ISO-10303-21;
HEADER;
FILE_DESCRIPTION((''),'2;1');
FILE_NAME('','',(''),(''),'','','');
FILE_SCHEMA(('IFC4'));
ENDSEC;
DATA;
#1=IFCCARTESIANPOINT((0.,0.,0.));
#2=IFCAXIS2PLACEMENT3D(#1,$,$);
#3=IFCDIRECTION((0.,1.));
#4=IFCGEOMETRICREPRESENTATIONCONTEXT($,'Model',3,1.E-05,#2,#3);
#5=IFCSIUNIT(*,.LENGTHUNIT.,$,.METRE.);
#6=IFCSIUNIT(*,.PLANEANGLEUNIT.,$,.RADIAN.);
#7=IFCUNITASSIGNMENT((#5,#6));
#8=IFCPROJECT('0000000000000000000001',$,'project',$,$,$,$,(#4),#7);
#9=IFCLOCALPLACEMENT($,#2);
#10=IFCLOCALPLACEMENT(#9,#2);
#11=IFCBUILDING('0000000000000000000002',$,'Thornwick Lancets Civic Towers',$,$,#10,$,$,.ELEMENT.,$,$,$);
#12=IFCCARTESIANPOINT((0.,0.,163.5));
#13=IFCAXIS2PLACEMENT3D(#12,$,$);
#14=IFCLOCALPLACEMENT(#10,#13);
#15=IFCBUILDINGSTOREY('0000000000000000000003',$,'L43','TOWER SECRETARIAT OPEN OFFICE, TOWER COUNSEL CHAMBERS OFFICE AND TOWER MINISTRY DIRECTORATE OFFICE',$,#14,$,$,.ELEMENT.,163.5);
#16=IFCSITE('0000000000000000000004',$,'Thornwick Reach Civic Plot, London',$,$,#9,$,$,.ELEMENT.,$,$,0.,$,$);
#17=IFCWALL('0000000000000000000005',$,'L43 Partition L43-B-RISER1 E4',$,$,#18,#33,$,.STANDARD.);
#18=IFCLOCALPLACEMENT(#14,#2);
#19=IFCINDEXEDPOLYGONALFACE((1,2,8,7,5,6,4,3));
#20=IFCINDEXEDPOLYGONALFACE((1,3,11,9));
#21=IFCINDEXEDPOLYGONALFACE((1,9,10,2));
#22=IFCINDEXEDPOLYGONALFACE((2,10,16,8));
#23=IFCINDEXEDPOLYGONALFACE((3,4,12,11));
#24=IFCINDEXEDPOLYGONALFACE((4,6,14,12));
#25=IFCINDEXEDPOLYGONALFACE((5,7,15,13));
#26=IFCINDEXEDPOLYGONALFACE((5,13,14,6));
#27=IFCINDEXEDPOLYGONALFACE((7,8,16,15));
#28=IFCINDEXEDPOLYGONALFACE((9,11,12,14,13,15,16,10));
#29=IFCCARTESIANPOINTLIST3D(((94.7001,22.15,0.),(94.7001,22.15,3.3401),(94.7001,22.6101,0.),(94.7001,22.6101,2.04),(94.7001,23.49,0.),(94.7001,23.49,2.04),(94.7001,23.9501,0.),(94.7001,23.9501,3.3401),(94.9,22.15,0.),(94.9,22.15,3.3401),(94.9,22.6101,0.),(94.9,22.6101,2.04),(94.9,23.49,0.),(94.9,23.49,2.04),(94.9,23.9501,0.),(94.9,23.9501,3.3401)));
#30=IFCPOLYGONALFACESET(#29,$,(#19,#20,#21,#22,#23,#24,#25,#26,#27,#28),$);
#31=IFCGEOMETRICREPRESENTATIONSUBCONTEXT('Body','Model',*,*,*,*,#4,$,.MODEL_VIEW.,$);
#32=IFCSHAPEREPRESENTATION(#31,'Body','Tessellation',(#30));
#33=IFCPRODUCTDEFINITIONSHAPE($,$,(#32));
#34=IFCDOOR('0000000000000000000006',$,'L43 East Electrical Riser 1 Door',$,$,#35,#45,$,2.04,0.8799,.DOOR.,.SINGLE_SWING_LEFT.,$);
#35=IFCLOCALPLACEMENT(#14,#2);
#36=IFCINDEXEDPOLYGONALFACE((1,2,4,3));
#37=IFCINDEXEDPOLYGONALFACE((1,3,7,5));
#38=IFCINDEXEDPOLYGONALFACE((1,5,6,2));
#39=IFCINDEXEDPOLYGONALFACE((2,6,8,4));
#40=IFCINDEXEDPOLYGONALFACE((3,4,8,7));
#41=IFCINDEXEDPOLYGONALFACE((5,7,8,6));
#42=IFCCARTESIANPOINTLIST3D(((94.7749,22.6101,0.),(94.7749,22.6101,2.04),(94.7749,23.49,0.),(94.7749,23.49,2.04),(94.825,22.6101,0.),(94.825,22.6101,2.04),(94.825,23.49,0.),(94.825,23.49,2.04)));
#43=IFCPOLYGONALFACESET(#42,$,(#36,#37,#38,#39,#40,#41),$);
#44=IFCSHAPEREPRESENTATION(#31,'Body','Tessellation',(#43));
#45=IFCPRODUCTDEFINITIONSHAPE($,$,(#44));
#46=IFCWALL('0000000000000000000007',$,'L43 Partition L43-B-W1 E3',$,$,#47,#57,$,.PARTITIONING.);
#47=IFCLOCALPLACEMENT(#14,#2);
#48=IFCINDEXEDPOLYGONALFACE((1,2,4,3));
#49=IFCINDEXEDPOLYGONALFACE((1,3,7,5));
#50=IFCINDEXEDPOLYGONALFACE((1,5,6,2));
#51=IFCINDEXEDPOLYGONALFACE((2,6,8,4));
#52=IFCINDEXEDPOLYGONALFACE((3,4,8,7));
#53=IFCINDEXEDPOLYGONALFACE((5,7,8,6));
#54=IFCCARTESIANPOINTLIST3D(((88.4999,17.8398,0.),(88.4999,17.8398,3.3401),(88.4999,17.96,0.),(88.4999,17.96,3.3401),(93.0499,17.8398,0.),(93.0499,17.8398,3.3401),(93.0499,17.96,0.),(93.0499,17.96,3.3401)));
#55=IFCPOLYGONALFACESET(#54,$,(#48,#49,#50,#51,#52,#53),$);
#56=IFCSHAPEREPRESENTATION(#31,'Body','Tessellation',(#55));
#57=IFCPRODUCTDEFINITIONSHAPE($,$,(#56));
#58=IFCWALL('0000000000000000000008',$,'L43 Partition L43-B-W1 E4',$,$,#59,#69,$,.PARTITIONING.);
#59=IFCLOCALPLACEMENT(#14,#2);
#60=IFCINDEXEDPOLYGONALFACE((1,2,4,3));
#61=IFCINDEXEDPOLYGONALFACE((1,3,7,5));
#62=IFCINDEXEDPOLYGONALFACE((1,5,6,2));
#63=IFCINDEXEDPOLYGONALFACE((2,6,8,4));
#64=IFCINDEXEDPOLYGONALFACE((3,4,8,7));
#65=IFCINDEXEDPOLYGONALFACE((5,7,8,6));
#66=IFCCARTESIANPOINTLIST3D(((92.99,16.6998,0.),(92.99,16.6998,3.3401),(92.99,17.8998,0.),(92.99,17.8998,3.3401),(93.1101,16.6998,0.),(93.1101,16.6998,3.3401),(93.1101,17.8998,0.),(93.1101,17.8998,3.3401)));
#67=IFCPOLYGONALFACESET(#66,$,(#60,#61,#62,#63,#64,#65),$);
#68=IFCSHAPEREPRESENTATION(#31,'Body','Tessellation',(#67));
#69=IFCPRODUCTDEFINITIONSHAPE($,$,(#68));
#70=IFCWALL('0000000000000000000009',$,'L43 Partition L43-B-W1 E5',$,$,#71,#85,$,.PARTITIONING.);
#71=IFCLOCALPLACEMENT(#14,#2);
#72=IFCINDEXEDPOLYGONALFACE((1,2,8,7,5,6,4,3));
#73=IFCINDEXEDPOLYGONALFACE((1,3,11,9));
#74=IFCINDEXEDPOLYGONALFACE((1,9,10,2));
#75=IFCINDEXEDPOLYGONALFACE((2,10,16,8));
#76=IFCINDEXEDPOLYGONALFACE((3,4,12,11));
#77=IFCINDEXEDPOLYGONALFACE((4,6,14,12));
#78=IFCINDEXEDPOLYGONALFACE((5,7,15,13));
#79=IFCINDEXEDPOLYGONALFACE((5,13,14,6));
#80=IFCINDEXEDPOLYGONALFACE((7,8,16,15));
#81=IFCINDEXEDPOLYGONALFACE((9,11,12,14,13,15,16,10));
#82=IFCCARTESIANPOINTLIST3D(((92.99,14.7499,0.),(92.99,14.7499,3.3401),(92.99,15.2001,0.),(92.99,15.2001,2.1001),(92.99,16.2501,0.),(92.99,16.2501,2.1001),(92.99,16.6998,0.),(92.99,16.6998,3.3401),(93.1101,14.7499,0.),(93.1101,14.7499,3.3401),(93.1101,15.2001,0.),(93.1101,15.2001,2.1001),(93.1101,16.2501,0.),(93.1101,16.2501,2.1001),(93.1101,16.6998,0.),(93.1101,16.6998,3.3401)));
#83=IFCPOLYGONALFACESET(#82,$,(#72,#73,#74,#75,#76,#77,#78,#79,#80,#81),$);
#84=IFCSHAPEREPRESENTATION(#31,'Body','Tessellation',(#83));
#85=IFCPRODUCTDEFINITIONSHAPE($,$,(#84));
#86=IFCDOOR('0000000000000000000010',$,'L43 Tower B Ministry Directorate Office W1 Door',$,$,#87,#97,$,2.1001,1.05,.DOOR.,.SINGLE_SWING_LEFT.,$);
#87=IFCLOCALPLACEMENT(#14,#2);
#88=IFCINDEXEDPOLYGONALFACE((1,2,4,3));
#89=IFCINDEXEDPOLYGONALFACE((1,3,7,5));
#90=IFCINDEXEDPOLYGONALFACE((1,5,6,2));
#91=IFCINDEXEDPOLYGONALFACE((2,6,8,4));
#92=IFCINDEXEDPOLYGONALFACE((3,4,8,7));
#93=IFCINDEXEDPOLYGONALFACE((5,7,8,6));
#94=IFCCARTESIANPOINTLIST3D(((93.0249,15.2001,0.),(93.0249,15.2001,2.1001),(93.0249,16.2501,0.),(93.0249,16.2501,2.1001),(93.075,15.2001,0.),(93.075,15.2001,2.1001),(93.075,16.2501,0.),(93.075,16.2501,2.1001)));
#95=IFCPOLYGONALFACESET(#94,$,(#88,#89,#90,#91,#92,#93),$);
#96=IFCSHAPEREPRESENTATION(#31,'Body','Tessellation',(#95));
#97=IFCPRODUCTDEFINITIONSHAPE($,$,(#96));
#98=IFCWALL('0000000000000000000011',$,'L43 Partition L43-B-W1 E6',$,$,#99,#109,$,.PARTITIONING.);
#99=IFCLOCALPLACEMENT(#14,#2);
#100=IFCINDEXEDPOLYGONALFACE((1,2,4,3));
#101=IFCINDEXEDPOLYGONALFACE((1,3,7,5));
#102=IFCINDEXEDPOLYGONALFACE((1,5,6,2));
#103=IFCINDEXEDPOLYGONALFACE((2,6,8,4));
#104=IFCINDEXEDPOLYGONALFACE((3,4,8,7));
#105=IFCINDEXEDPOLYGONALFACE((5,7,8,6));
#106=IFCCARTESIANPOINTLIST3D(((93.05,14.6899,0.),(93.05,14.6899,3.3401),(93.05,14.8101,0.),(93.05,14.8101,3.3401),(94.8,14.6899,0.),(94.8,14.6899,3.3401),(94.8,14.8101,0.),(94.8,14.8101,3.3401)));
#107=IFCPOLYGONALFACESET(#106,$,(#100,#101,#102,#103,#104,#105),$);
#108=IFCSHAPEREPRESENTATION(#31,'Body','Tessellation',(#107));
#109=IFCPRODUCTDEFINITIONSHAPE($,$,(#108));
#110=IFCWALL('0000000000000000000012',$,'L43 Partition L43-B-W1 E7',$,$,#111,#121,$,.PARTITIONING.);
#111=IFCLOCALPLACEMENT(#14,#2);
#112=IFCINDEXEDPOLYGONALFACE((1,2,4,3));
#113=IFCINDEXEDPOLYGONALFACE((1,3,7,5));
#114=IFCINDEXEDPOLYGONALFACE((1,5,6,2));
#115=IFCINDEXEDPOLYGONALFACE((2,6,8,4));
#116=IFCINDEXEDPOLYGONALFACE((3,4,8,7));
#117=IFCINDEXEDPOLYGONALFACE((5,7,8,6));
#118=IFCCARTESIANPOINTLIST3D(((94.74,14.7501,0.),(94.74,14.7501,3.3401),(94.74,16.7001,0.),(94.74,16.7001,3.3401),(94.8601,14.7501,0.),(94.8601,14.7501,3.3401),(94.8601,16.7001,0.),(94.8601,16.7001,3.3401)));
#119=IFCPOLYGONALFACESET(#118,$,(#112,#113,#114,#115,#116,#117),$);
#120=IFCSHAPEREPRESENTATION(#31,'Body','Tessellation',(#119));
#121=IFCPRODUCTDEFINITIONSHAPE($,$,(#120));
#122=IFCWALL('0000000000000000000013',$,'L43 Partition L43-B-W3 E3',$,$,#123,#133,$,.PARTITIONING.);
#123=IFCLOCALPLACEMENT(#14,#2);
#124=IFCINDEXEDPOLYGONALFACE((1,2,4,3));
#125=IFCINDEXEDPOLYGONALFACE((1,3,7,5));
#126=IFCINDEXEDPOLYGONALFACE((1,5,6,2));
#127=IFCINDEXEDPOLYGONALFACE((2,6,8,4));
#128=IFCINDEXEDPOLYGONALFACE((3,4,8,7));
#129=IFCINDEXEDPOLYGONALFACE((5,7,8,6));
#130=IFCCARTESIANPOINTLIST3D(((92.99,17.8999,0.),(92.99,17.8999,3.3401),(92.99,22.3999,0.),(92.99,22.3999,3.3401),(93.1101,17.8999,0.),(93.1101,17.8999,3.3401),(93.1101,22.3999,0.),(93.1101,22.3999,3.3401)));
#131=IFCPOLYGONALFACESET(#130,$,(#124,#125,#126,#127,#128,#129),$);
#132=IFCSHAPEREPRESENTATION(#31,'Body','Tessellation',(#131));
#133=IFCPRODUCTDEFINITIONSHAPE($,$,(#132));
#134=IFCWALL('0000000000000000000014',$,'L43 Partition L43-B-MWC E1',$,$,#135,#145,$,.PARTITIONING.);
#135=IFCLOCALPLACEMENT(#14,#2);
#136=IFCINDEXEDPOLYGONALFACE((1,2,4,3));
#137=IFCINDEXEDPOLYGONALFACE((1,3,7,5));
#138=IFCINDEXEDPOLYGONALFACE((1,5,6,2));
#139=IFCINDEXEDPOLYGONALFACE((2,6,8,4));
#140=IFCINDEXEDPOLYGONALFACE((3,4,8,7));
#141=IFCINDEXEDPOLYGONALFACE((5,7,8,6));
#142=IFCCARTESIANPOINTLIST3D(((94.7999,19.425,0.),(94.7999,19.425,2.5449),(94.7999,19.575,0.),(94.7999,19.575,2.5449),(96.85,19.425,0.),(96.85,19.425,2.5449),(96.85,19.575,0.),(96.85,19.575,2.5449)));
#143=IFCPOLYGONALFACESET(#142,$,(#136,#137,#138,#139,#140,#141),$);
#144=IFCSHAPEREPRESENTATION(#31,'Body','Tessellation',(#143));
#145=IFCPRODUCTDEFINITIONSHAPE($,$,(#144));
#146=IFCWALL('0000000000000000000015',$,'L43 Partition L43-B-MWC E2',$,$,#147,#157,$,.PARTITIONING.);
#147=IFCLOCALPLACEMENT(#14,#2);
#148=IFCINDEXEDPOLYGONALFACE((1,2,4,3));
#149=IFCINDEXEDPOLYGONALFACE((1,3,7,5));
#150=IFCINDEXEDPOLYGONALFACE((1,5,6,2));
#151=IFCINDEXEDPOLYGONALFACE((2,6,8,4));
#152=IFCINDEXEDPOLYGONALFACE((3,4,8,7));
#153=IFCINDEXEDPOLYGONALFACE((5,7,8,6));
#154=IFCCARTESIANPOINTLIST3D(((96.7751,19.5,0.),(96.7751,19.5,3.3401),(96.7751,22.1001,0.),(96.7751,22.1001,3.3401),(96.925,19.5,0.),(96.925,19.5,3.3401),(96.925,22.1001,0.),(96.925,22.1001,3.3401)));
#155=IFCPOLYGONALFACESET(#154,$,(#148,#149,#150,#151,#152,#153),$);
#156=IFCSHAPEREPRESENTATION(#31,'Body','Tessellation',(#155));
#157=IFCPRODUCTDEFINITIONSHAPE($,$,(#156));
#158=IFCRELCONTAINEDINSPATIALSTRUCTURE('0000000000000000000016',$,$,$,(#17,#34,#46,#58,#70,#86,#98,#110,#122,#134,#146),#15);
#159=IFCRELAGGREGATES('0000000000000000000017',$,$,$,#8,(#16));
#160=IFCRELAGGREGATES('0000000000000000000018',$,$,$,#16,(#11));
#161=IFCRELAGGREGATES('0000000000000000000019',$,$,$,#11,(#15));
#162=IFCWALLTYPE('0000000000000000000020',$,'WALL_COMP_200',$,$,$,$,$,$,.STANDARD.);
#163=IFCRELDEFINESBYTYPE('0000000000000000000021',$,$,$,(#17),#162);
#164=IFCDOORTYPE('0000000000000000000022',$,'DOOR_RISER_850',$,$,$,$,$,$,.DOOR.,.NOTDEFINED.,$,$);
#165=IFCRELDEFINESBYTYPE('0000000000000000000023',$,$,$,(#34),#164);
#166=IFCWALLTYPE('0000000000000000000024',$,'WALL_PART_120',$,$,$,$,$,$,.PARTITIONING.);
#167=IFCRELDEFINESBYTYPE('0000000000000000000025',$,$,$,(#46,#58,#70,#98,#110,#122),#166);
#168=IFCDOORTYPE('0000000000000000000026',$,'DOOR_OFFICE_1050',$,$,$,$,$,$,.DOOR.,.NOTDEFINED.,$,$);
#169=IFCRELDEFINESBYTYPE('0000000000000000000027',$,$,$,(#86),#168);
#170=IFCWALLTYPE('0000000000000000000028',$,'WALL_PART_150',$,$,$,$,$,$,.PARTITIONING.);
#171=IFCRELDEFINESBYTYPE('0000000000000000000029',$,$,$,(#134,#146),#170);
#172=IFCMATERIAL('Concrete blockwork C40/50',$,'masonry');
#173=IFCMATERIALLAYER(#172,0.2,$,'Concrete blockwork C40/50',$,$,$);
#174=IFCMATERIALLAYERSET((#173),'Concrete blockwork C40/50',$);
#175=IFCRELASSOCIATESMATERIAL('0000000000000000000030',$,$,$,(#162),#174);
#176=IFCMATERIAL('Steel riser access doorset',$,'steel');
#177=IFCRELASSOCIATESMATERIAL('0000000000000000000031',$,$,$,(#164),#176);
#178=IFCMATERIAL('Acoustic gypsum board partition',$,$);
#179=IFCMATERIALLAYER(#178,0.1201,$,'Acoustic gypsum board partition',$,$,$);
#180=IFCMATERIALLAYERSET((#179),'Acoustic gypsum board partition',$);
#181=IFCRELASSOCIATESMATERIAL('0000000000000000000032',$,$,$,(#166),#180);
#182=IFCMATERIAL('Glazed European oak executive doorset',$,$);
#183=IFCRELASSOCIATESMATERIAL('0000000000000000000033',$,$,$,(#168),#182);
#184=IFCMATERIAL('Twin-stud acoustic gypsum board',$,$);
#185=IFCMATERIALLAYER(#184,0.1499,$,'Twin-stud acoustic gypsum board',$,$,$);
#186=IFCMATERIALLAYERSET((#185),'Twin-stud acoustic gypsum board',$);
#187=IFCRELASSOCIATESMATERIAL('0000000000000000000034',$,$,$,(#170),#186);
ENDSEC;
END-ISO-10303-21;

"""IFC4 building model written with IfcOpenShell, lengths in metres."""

from ifc_helpers import new_model, si_unit, direction, frame, frame_2d, origin, place, context, subcontext, project, spatial, rectangle, extrude, material, layer, layer_set, type_object, element, fill, save


model = new_model("IFC4")

# Units and contexts
model_context = context("Model", 3, precision=1e-05, world=origin(), true_north=direction((0.0, 1.0)))
body_context = subcontext(model_context, "Body", "Model", "MODEL_VIEW")
ifc_project = project(units=[si_unit("LENGTHUNIT", "METRE"), si_unit("PLANEANGLEUNIT", "RADIAN")], contexts=[model_context])

# Site, building, storey
site_placement = place(None, origin())
site = spatial("IfcSite", under=ifc_project, at=site_placement, Name="Thornwick Reach Civic Plot, London", CompositionType="ELEMENT", RefElevation=0.0)
building_placement = place(site_placement, origin())
building = spatial("IfcBuilding", under=site, at=building_placement, Name="Thornwick Lancets Civic Towers", CompositionType="ELEMENT")
storey_placement = place(building_placement, frame((0.0, 0.0, 163.5)))
storey = spatial("IfcBuildingStorey", under=building, at=storey_placement, Name="L43", Description="TOWER SECRETARIAT OPEN OFFICE, TOWER COUNSEL CHAMBERS OFFICE AND TOWER MINISTRY DIRECTORATE OFFICE", CompositionType="ELEMENT", Elevation=163.5)

# Shared definitions
ifc_material_1 = material(Name="Concrete blockwork C40/50", Category="masonry")
ifc_layer_1 = layer(ifc_material_1, 0.2, Name="Concrete blockwork C40/50")
ifc_layer_set_1 = layer_set([ifc_layer_1], Name="Concrete blockwork C40/50")
wall_type_1 = type_object("IfcWallType", Name="WALL_COMP_200", PredefinedType="STANDARD", material=ifc_layer_set_1)

# Wall, opening, door
wall_1_placement = place(storey_placement, frame((94.8, 23.95, 0.0), z_axis=(0.0, 0.0, 1.0), x_axis=(0.0, -1.0, 0.0)))
wall_1 = element("IfcWall", 1, at=wall_1_placement, inside=storey, type_object=wall_type_1, Name="L43 Partition L43-B-RISER1 E4", PredefinedType="STANDARD", context=body_context, shape_type="SweptSolid", body=[
    extrude(rectangle(XDim=1.8, YDim=0.2, at=frame_2d((0.8999, 0.0))), origin(), (0.0, 0.0, 1.0), 3.3401),
])
opening_1_placement = place(wall_1_placement, frame((0.46, 0.0, 0.0)))
opening_1 = element("IfcOpeningElement", 2, at=opening_1_placement, cuts=wall_1, PredefinedType="OPENING", context=body_context, shape_type="SweptSolid", body=[
    extrude(rectangle(XDim=0.8799, YDim=2.04, at=frame_2d((0.4399, 1.02))), frame((0.0, 0.1099, 0.0), z_axis=(0.0, -1.0, 0.0), x_axis=(1.0, 0.0, 0.0)), (0.0, 0.0, 1.0), 0.22),
])
ifc_material_2 = material(Name="Steel riser access doorset", Category="steel")
door_type_1 = type_object("IfcDoorType", Name="DOOR_RISER_850", OperationType="NOTDEFINED", PredefinedType="DOOR", material=ifc_material_2)
door_1_placement = place(opening_1_placement, origin())
door_1 = element("IfcDoor", 3, at=door_1_placement, inside=storey, type_object=door_type_1, Name="L43 East Electrical Riser 1 Door", OperationType="SINGLE_SWING_LEFT", OverallHeight=2.04, OverallWidth=0.8799, PredefinedType="DOOR", context=body_context, shape_type="SweptSolid", body=[
    extrude(rectangle(XDim=0.8799, YDim=2.04, at=frame_2d((0.4399, 1.02))), frame((0.0, 0.0249, 0.0), z_axis=(0.0, -1.0, 0.0), x_axis=(1.0, 0.0, 0.0)), (0.0, 0.0, 1.0), 0.05),
])
fill(opening_1, door_1)

# Walls
ifc_material_3 = material(Name="Acoustic gypsum board partition")
ifc_layer_2 = layer(ifc_material_3, 0.1201, Name="Acoustic gypsum board partition")
ifc_layer_set_2 = layer_set([ifc_layer_2], Name="Acoustic gypsum board partition")
wall_type_2 = type_object("IfcWallType", Name="WALL_PART_120", PredefinedType="PARTITIONING", material=ifc_layer_set_2)
wall_2_placement = place(storey_placement, frame((88.5, 17.8999, 0.0), z_axis=(0.0, 0.0, 1.0), x_axis=(1.0, 0.0, 0.0)))
element("IfcWall", 4, at=wall_2_placement, inside=storey, type_object=wall_type_2, Name="L43 Partition L43-B-W1 E3", PredefinedType="PARTITIONING", context=body_context, shape_type="SweptSolid", body=[
    extrude(rectangle(XDim=4.55, YDim=0.1201, at=frame_2d((2.2749, 0.0))), origin(), (0.0, 0.0, 1.0), 3.3401),
])
wall_3_placement = place(storey_placement, frame((93.05, 17.8999, 0.0), z_axis=(0.0, 0.0, 1.0), x_axis=(0.0, -1.0, 0.0)))
element("IfcWall", 5, at=wall_3_placement, inside=storey, type_object=wall_type_2, Name="L43 Partition L43-B-W1 E4", PredefinedType="PARTITIONING", context=body_context, shape_type="SweptSolid", body=[
    extrude(rectangle(XDim=1.2, YDim=0.1201, at=frame_2d((0.6001, 0.0))), origin(), (0.0, 0.0, 1.0), 3.3401),
])

# Wall, opening, door
wall_4_placement = place(storey_placement, frame((93.05, 16.7, 0.0), z_axis=(0.0, 0.0, 1.0), x_axis=(0.0, -1.0, 0.0)))
wall_4 = element("IfcWall", 6, at=wall_4_placement, inside=storey, type_object=wall_type_2, Name="L43 Partition L43-B-W1 E5", PredefinedType="PARTITIONING", context=body_context, shape_type="SweptSolid", body=[
    extrude(rectangle(XDim=1.95, YDim=0.1201, at=frame_2d((0.9751, 0.0))), origin(), (0.0, 0.0, 1.0), 3.3401),
])
opening_2_placement = place(wall_4_placement, frame((0.45, 0.0, 0.0)))
opening_2 = element("IfcOpeningElement", 7, at=opening_2_placement, cuts=wall_4, PredefinedType="OPENING", context=body_context, shape_type="SweptSolid", body=[
    extrude(rectangle(XDim=1.05, YDim=2.1001, at=frame_2d((0.5249, 1.05))), frame((0.0, 0.0701, 0.0), z_axis=(0.0, -1.0, 0.0), x_axis=(1.0, 0.0, 0.0)), (0.0, 0.0, 1.0), 0.1401),
])
ifc_material_4 = material(Name="Glazed European oak executive doorset")
door_type_2 = type_object("IfcDoorType", Name="DOOR_OFFICE_1050", OperationType="NOTDEFINED", PredefinedType="DOOR", material=ifc_material_4)
door_2_placement = place(opening_2_placement, origin())
door_2 = element("IfcDoor", 8, at=door_2_placement, inside=storey, type_object=door_type_2, Name="L43 Tower B Ministry Directorate Office W1 Door", OperationType="SINGLE_SWING_LEFT", OverallHeight=2.1001, OverallWidth=1.05, PredefinedType="DOOR", context=body_context, shape_type="SweptSolid", body=[
    extrude(rectangle(XDim=1.05, YDim=2.1001, at=frame_2d((0.5249, 1.05))), frame((0.0, 0.0249, 0.0), z_axis=(0.0, -1.0, 0.0), x_axis=(1.0, 0.0, 0.0)), (0.0, 0.0, 1.0), 0.05),
])
fill(opening_2, door_2)

# Walls
wall_5_placement = place(storey_placement, frame((93.05, 14.75, 0.0), z_axis=(0.0, 0.0, 1.0), x_axis=(1.0, 0.0, 0.0)))
element("IfcWall", 9, at=wall_5_placement, inside=storey, type_object=wall_type_2, Name="L43 Partition L43-B-W1 E6", PredefinedType="PARTITIONING", context=body_context, shape_type="SweptSolid", body=[
    extrude(rectangle(XDim=1.75, YDim=0.1201, at=frame_2d((0.875, 0.0))), origin(), (0.0, 0.0, 1.0), 3.3401),
])
wall_6_placement = place(storey_placement, frame((94.8, 14.75, 0.0), z_axis=(0.0, 0.0, 1.0), x_axis=(0.0, 1.0, 0.0)))
element("IfcWall", 10, at=wall_6_placement, inside=storey, type_object=wall_type_2, Name="L43 Partition L43-B-W1 E7", PredefinedType="PARTITIONING", context=body_context, shape_type="SweptSolid", body=[
    extrude(rectangle(XDim=1.95, YDim=0.1201, at=frame_2d((0.9751, 0.0))), origin(), (0.0, 0.0, 1.0), 3.3401),
])
wall_7_placement = place(storey_placement, frame((93.05, 22.3999, 0.0), z_axis=(0.0, 0.0, 1.0), x_axis=(0.0, -1.0, 0.0)))
element("IfcWall", 11, at=wall_7_placement, inside=storey, type_object=wall_type_2, Name="L43 Partition L43-B-W3 E3", PredefinedType="PARTITIONING", context=body_context, shape_type="SweptSolid", body=[
    extrude(rectangle(XDim=4.5, YDim=0.1201, at=frame_2d((2.25, 0.0))), origin(), (0.0, 0.0, 1.0), 3.3401),
])
ifc_material_5 = material(Name="Twin-stud acoustic gypsum board")
ifc_layer_3 = layer(ifc_material_5, 0.1499, Name="Twin-stud acoustic gypsum board")
ifc_layer_set_3 = layer_set([ifc_layer_3], Name="Twin-stud acoustic gypsum board")
wall_type_3 = type_object("IfcWallType", Name="WALL_PART_150", PredefinedType="PARTITIONING", material=ifc_layer_set_3)
wall_8_placement = place(storey_placement, frame((94.8, 19.5, 0.0), z_axis=(0.0, 0.0, 1.0), x_axis=(1.0, 0.0, 0.0)))
element("IfcWall", 12, at=wall_8_placement, inside=storey, type_object=wall_type_3, Name="L43 Partition L43-B-MWC E1", PredefinedType="PARTITIONING", context=body_context, shape_type="SweptSolid", body=[
    extrude(rectangle(XDim=2.05, YDim=0.1499, at=frame_2d((1.0249, 0.0))), origin(), (0.0, 0.0, 1.0), 2.5449),
])
wall_9_placement = place(storey_placement, frame((96.8501, 19.5, 0.0), z_axis=(0.0, 0.0, 1.0), x_axis=(0.0, 1.0, 0.0)))
element("IfcWall", 13, at=wall_9_placement, inside=storey, type_object=wall_type_3, Name="L43 Partition L43-B-MWC E2", PredefinedType="PARTITIONING", context=body_context, shape_type="SweptSolid", body=[
    extrude(rectangle(XDim=2.6001, YDim=0.1499, at=frame_2d((1.3, 0.0))), origin(), (0.0, 0.0, 1.0), 3.3401),
])

save(model, "model.ifc")
